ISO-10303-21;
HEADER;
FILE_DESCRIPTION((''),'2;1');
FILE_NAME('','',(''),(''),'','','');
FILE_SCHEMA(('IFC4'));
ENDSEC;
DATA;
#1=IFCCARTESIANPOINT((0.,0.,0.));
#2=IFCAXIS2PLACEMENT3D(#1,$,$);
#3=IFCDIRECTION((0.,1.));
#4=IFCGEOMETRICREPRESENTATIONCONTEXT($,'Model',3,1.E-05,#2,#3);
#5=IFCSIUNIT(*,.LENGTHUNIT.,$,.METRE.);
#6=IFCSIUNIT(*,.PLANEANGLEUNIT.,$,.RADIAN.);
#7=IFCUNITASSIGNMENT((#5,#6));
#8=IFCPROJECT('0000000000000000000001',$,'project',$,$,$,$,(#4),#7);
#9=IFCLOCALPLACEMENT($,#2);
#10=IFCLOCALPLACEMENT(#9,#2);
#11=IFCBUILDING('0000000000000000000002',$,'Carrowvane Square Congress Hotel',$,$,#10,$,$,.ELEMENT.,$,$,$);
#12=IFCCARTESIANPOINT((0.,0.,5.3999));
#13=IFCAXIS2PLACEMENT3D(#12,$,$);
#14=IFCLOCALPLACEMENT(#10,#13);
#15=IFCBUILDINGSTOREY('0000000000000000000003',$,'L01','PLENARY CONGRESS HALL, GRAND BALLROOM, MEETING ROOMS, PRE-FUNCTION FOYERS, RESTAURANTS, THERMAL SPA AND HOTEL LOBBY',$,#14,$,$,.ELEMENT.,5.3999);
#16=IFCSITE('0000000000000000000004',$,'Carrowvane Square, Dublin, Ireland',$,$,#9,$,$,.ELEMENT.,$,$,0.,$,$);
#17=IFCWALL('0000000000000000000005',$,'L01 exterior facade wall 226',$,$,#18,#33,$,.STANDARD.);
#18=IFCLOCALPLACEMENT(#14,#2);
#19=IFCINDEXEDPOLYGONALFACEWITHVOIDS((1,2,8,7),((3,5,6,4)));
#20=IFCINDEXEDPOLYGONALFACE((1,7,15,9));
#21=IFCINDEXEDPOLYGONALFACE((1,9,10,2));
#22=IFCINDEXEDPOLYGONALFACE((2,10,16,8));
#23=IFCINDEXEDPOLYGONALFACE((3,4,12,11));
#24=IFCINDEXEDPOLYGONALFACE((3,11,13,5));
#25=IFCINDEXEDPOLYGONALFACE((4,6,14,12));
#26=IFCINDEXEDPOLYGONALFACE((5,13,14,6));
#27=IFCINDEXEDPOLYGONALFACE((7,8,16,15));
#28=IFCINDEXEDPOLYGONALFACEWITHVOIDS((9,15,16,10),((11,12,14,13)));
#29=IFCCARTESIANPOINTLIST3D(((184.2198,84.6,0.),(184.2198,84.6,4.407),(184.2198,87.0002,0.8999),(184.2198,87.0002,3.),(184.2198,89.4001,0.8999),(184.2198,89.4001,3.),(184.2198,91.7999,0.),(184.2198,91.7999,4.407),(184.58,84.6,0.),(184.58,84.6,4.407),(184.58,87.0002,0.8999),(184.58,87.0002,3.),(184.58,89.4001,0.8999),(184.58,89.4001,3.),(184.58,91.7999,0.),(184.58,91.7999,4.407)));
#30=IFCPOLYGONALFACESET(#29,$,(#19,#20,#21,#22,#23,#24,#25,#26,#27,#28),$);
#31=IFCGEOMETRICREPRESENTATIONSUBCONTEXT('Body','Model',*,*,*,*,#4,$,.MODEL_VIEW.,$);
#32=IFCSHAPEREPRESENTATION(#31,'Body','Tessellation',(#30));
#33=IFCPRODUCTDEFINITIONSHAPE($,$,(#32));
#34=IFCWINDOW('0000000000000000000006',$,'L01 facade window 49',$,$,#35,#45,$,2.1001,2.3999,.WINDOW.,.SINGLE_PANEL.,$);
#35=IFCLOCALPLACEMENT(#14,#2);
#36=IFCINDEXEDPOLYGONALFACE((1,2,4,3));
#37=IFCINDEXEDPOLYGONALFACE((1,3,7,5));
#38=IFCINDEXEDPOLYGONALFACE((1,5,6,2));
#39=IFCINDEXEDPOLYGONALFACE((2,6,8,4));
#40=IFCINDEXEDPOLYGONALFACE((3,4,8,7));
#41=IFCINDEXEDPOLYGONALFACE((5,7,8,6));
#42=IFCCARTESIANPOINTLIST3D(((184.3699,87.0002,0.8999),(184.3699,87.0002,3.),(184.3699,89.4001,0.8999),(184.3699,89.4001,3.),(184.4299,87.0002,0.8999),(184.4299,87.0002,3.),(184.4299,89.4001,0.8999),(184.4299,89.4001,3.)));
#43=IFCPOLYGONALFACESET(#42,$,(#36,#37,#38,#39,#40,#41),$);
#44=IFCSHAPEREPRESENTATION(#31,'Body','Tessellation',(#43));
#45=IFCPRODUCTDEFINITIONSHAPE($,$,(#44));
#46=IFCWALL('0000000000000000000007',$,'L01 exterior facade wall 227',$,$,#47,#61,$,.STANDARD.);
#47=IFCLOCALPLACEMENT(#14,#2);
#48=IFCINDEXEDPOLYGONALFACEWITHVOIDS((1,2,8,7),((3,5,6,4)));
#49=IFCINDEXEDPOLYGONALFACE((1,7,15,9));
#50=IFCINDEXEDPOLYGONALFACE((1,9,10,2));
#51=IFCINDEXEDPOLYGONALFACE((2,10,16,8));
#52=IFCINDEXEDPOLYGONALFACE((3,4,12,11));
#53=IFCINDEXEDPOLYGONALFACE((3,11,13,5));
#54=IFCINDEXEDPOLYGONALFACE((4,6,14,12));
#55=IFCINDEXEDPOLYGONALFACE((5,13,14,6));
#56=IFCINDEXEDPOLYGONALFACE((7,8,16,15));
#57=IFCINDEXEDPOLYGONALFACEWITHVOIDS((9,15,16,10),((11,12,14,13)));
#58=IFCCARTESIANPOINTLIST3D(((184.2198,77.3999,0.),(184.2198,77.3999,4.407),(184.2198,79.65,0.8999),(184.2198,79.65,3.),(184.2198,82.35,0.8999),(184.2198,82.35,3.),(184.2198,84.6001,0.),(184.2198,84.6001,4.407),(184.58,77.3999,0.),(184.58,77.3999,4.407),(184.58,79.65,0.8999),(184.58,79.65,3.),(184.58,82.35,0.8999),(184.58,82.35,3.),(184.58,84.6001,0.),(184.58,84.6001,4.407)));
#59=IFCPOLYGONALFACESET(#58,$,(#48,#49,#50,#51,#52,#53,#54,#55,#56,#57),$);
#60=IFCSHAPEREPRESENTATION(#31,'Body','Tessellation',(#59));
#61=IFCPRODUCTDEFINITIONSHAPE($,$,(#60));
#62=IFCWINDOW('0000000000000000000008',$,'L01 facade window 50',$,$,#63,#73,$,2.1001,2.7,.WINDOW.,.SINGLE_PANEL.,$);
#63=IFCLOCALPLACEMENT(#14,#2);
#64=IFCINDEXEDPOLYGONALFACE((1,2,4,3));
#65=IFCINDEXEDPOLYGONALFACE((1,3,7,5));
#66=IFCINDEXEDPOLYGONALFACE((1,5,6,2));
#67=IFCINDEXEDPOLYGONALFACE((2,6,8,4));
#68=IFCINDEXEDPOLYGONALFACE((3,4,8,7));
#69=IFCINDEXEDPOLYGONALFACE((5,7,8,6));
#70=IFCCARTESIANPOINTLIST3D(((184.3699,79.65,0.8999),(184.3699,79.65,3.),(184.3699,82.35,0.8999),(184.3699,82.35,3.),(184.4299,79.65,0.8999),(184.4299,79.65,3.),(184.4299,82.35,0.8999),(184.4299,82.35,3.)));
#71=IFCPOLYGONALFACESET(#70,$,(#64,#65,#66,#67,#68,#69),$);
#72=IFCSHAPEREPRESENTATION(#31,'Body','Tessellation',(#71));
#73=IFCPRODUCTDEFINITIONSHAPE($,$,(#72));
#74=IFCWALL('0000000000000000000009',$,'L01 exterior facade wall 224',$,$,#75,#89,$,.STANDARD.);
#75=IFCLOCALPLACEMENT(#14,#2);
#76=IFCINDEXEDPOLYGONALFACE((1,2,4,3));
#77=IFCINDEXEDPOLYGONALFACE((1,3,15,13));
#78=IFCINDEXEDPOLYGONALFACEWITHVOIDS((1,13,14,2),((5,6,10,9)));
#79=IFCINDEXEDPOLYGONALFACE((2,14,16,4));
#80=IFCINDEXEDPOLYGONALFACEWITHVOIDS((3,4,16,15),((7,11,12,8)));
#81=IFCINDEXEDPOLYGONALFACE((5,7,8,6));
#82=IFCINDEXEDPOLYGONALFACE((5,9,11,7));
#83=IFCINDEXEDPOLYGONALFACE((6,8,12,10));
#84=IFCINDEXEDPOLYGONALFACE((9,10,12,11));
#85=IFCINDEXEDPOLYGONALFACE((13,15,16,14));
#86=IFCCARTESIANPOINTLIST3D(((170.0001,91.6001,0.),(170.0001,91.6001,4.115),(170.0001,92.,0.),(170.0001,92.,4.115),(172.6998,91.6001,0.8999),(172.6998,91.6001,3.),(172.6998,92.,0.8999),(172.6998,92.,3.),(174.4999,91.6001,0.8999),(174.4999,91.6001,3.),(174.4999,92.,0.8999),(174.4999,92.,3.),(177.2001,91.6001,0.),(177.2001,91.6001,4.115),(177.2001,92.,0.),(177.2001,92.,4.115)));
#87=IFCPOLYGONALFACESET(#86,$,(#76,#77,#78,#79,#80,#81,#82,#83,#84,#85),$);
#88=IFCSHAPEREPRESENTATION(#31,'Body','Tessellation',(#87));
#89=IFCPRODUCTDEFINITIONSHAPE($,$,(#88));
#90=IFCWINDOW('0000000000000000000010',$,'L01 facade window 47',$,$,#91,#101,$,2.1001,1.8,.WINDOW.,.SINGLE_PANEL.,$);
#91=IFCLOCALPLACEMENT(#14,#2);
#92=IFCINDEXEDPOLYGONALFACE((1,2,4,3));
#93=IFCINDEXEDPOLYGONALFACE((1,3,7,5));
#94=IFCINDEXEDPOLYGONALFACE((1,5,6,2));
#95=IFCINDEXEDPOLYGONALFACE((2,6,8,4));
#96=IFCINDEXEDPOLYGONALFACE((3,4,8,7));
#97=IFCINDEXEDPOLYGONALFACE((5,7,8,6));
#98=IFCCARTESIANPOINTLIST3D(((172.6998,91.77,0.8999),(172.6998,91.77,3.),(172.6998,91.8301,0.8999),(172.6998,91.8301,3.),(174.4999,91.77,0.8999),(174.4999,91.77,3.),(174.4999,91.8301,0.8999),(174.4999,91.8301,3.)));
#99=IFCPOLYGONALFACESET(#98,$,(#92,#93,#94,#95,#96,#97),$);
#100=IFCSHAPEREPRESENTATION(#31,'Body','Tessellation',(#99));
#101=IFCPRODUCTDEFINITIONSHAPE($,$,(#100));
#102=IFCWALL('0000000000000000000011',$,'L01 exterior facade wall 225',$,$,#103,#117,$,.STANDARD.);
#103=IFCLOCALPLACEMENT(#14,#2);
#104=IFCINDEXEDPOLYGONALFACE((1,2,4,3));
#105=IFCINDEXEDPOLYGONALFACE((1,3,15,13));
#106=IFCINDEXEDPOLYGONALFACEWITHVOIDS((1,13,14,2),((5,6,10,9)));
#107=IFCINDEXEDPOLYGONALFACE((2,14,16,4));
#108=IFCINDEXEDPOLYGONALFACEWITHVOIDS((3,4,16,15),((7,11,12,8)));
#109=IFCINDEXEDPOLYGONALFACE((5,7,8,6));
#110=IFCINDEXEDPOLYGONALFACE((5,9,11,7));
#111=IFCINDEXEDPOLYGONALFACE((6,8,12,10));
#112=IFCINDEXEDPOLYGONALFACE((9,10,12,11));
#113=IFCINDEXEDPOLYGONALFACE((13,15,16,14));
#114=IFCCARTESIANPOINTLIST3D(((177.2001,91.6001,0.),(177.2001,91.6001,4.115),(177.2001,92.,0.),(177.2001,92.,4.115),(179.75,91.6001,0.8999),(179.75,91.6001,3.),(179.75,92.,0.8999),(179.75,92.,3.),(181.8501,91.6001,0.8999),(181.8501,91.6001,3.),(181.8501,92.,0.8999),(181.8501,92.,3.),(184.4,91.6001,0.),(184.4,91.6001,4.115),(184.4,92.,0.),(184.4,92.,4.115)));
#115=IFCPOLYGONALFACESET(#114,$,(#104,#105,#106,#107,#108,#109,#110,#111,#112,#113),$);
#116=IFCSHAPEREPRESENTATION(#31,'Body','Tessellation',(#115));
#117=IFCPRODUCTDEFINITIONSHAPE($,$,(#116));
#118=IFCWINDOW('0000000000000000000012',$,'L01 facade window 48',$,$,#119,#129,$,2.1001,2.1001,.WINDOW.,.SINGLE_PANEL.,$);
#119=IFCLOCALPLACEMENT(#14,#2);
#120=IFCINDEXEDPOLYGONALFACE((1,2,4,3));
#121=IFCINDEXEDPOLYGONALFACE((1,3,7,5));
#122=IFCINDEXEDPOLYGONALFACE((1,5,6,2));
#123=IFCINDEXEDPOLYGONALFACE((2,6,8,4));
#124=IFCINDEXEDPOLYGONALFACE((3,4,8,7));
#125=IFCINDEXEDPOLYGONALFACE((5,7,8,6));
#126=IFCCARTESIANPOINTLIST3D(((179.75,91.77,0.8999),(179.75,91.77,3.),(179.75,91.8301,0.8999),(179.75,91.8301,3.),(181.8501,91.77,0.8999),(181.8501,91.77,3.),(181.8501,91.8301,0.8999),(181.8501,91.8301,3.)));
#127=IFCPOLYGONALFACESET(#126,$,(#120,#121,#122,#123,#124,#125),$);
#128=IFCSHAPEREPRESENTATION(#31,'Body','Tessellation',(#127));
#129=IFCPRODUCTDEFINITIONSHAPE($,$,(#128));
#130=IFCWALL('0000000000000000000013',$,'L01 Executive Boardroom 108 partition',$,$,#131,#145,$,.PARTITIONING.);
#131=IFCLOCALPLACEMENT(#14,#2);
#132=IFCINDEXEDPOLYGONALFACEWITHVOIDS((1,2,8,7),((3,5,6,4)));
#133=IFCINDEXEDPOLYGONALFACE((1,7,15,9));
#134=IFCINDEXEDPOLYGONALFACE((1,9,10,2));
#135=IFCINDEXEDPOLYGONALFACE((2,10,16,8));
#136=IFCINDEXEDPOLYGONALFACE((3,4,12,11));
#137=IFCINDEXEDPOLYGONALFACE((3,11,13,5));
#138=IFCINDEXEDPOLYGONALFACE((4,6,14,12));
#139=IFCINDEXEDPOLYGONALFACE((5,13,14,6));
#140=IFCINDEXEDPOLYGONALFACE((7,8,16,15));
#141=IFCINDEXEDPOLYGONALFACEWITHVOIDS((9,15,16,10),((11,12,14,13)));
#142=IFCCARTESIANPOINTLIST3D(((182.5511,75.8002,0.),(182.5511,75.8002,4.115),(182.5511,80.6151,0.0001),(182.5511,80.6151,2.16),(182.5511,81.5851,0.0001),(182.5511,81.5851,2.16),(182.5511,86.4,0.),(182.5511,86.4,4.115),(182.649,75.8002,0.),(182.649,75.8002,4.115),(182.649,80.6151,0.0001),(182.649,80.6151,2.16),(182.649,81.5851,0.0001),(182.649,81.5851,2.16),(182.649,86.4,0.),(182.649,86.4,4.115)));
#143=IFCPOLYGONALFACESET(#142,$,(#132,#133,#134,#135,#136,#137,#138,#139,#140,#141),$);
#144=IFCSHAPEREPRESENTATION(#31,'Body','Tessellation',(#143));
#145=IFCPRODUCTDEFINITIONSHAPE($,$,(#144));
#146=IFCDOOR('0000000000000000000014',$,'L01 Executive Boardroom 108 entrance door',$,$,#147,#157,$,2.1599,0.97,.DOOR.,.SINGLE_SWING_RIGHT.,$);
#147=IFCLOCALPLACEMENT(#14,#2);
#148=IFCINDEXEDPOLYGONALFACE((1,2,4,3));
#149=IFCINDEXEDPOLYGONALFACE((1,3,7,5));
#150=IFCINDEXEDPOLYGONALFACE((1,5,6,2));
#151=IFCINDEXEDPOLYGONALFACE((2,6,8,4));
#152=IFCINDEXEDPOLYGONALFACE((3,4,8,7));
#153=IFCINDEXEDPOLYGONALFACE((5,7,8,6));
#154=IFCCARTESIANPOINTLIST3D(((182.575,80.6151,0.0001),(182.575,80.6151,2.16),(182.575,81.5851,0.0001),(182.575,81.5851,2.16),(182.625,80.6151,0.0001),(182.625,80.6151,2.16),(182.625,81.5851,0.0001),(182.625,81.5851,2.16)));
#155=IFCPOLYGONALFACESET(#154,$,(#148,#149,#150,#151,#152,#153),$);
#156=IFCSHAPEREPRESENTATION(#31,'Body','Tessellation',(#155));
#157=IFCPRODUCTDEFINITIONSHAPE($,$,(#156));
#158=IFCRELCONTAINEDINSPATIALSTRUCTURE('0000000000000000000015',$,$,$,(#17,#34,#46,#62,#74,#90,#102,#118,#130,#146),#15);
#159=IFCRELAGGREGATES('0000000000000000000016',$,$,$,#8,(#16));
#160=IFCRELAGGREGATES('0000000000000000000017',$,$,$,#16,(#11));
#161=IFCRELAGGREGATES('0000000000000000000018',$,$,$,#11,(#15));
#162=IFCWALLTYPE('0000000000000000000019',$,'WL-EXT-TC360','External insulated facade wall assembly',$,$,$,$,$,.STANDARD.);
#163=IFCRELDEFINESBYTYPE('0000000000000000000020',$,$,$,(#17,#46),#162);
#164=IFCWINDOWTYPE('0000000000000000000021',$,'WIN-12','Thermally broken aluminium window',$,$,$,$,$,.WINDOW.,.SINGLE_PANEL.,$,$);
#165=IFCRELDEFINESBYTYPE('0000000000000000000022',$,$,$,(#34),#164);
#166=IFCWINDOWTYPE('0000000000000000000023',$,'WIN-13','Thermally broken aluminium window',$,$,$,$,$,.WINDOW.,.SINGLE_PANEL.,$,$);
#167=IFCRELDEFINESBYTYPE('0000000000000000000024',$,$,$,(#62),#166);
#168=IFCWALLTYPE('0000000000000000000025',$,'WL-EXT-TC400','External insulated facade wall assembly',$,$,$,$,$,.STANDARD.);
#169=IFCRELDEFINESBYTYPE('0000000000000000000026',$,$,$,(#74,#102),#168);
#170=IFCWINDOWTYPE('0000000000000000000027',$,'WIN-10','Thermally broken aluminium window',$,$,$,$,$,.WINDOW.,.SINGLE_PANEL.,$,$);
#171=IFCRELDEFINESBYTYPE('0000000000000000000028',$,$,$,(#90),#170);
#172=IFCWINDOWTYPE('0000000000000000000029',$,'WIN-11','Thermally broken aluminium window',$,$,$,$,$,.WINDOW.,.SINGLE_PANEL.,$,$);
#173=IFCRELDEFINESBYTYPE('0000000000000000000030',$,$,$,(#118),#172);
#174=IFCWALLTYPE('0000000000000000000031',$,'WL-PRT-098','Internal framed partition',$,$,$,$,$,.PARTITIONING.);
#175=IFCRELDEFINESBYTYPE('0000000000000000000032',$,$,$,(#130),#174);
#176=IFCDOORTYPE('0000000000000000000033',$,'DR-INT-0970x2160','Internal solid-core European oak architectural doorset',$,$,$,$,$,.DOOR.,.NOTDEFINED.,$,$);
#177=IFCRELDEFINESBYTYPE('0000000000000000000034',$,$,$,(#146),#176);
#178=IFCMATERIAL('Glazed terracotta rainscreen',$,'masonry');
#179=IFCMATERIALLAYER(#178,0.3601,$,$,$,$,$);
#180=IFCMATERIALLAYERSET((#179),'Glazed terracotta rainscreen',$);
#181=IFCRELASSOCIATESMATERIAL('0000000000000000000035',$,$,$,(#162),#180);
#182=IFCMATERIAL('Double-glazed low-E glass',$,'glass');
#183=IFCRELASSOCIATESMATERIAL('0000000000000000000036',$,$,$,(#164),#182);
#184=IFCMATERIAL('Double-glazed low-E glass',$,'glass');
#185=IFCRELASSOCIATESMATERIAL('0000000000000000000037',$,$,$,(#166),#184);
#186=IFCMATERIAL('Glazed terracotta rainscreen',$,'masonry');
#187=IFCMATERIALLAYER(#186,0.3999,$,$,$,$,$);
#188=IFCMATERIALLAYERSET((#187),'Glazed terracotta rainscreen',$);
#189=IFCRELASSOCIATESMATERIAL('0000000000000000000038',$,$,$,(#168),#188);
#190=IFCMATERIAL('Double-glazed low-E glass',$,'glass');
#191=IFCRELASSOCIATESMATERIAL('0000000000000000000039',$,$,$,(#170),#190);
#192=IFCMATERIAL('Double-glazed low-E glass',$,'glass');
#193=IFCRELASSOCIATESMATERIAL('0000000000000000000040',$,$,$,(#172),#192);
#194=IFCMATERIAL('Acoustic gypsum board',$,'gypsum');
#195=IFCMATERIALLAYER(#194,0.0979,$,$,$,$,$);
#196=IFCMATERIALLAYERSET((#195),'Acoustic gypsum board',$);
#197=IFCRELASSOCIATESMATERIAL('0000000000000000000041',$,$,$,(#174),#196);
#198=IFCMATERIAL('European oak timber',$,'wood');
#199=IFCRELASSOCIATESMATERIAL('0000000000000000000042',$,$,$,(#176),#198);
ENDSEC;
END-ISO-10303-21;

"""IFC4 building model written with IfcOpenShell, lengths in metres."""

from ifc_helpers import new_model, si_unit, direction, frame, frame_2d, origin, place, context, subcontext, project, spatial, rectangle, extrude, material, layer, layer_set, type_object, element, fill, save


model = new_model("IFC4")

# Units and contexts
model_context = context("Model", 3, precision=1e-05, world=origin(), true_north=direction((0.0, 1.0)))
body_context = subcontext(model_context, "Body", "Model", "MODEL_VIEW")
ifc_project = project(units=[si_unit("LENGTHUNIT", "METRE"), si_unit("PLANEANGLEUNIT", "RADIAN")], contexts=[model_context])

# Site, building, storey
site_placement = place(None, origin())
site = spatial("IfcSite", under=ifc_project, at=site_placement, Name="Carrowvane Square, Dublin, Ireland", CompositionType="ELEMENT", RefElevation=0.0)
building_placement = place(site_placement, origin())
building = spatial("IfcBuilding", under=site, at=building_placement, Name="Carrowvane Square Congress Hotel", CompositionType="ELEMENT")
storey_placement = place(building_placement, frame((0.0, 0.0, 5.3999)))
storey = spatial("IfcBuildingStorey", under=building, at=storey_placement, Name="L01", Description="PLENARY CONGRESS HALL, GRAND BALLROOM, MEETING ROOMS, PRE-FUNCTION FOYERS, RESTAURANTS, THERMAL SPA AND HOTEL LOBBY", CompositionType="ELEMENT", Elevation=5.3999)

# Walls, openings, windows
ifc_material_1 = material(Name="Glazed terracotta rainscreen", Category="masonry")
ifc_layer_1 = layer(ifc_material_1, 0.3601)
ifc_layer_set_1 = layer_set([ifc_layer_1], Name="Glazed terracotta rainscreen")
wall_type_1 = type_object("IfcWallType", Name="WL-EXT-TC360", Description="External insulated facade wall assembly", PredefinedType="STANDARD", material=ifc_layer_set_1)
wall_1_placement = place(storey_placement, frame((184.3999, 91.8, 0.0), z_axis=(0.0, 0.0, 1.0), x_axis=(0.0, -1.0, 0.0)))
wall_1 = element("IfcWall", 1, at=wall_1_placement, inside=storey, type_object=wall_type_1, Name="L01 exterior facade wall 226", PredefinedType="STANDARD", context=body_context, shape_type="SweptSolid", body=[
    extrude(rectangle(XDim=7.2, YDim=0.3601, at=frame_2d((3.6001, 0.0))), origin(), (0.0, 0.0, 1.0), 4.407),
])
opening_1_placement = place(wall_1_placement, frame((2.3999, 0.0, 0.8999)))
opening_1 = element("IfcOpeningElement", 2, at=opening_1_placement, cuts=wall_1, PredefinedType="OPENING", context=body_context, shape_type="SweptSolid", body=[
    extrude(rectangle(XDim=2.3999, YDim=2.1001, at=frame_2d((1.2, 1.05))), frame((0.0, 0.1899, 0.0), z_axis=(0.0, -1.0, 0.0), x_axis=(1.0, 0.0, 0.0)), (0.0, 0.0, 1.0), 0.3801),
])
ifc_material_2 = material(Name="Double-glazed low-E glass", Category="glass")
window_type_1 = type_object("IfcWindowType", Name="WIN-12", Description="Thermally broken aluminium window", PartitioningType="SINGLE_PANEL", PredefinedType="WINDOW", material=ifc_material_2)
window_1_placement = place(opening_1_placement, origin())
window_1 = element("IfcWindow", 3, at=window_1_placement, inside=storey, type_object=window_type_1, Name="L01 facade window 49", OverallHeight=2.1001, OverallWidth=2.3999, PartitioningType="SINGLE_PANEL", PredefinedType="WINDOW", context=body_context, shape_type="SweptSolid", body=[
    extrude(rectangle(XDim=2.3999, YDim=2.1001, at=frame_2d((1.2, 1.05))), frame((0.0, 0.03, 0.0), z_axis=(0.0, -1.0, 0.0), x_axis=(1.0, 0.0, 0.0)), (0.0, 0.0, 1.0), 0.0601),
])
fill(opening_1, window_1)
wall_2_placement = place(storey_placement, frame((184.3999, 84.6001, 0.0), z_axis=(0.0, 0.0, 1.0), x_axis=(0.0, -1.0, 0.0)))
wall_2 = element("IfcWall", 4, at=wall_2_placement, inside=storey, type_object=wall_type_1, Name="L01 exterior facade wall 227", PredefinedType="STANDARD", context=body_context, shape_type="SweptSolid", body=[
    extrude(rectangle(XDim=7.2002, YDim=0.3601, at=frame_2d((3.6001, 0.0))), origin(), (0.0, 0.0, 1.0), 4.407),
])
opening_2_placement = place(wall_2_placement, frame((2.25, 0.0, 0.8999)))
opening_2 = element("IfcOpeningElement", 5, at=opening_2_placement, cuts=wall_2, PredefinedType="OPENING", context=body_context, shape_type="SweptSolid", body=[
    extrude(rectangle(XDim=2.7, YDim=2.1001, at=frame_2d((1.3501, 1.05))), frame((0.0, 0.1899, 0.0), z_axis=(0.0, -1.0, 0.0), x_axis=(1.0, 0.0, 0.0)), (0.0, 0.0, 1.0), 0.3801),
])
ifc_material_3 = material(Name="Double-glazed low-E glass", Category="glass")
window_type_2 = type_object("IfcWindowType", Name="WIN-13", Description="Thermally broken aluminium window", PartitioningType="SINGLE_PANEL", PredefinedType="WINDOW", material=ifc_material_3)
window_2_placement = place(opening_2_placement, origin())
window_2 = element("IfcWindow", 6, at=window_2_placement, inside=storey, type_object=window_type_2, Name="L01 facade window 50", OverallHeight=2.1001, OverallWidth=2.7, PartitioningType="SINGLE_PANEL", PredefinedType="WINDOW", context=body_context, shape_type="SweptSolid", body=[
    extrude(rectangle(XDim=2.7, YDim=2.1001, at=frame_2d((1.3501, 1.05))), frame((0.0, 0.03, 0.0), z_axis=(0.0, -1.0, 0.0), x_axis=(1.0, 0.0, 0.0)), (0.0, 0.0, 1.0), 0.0601),
])
fill(opening_2, window_2)
ifc_material_4 = material(Name="Glazed terracotta rainscreen", Category="masonry")
ifc_layer_2 = layer(ifc_material_4, 0.3999)
ifc_layer_set_2 = layer_set([ifc_layer_2], Name="Glazed terracotta rainscreen")
wall_type_2 = type_object("IfcWallType", Name="WL-EXT-TC400", Description="External insulated facade wall assembly", PredefinedType="STANDARD", material=ifc_layer_set_2)
wall_3_placement = place(storey_placement, frame((170.0, 91.8, 0.0), z_axis=(0.0, 0.0, 1.0), x_axis=(1.0, 0.0, 0.0)))
wall_3 = element("IfcWall", 7, at=wall_3_placement, inside=storey, type_object=wall_type_2, Name="L01 exterior facade wall 224", PredefinedType="STANDARD", context=body_context, shape_type="SweptSolid", body=[
    extrude(rectangle(XDim=7.2, YDim=0.3999, at=frame_2d((3.6001, 0.0))), origin(), (0.0, 0.0, 1.0), 4.115),
])
opening_3_placement = place(wall_3_placement, frame((2.7, 0.0, 0.8999)))
opening_3 = element("IfcOpeningElement", 8, at=opening_3_placement, cuts=wall_3, PredefinedType="OPENING", context=body_context, shape_type="SweptSolid", body=[
    extrude(rectangle(XDim=1.8, YDim=2.1001, at=frame_2d((0.8999, 1.05))), frame((0.0, 0.21, 0.0), z_axis=(0.0, -1.0, 0.0), x_axis=(1.0, 0.0, 0.0)), (0.0, 0.0, 1.0), 0.4199),
])
ifc_material_5 = material(Name="Double-glazed low-E glass", Category="glass")
window_type_3 = type_object("IfcWindowType", Name="WIN-10", Description="Thermally broken aluminium window", PartitioningType="SINGLE_PANEL", PredefinedType="WINDOW", material=ifc_material_5)
window_3_placement = place(opening_3_placement, origin())
window_3 = element("IfcWindow", 9, at=window_3_placement, inside=storey, type_object=window_type_3, Name="L01 facade window 47", OverallHeight=2.1001, OverallWidth=1.8, PartitioningType="SINGLE_PANEL", PredefinedType="WINDOW", context=body_context, shape_type="SweptSolid", body=[
    extrude(rectangle(XDim=1.8, YDim=2.1001, at=frame_2d((0.8999, 1.05))), frame((0.0, 0.03, 0.0), z_axis=(0.0, -1.0, 0.0), x_axis=(1.0, 0.0, 0.0)), (0.0, 0.0, 1.0), 0.0601),
])
fill(opening_3, window_3)
wall_4_placement = place(storey_placement, frame((177.2, 91.8, 0.0), z_axis=(0.0, 0.0, 1.0), x_axis=(1.0, 0.0, 0.0)))
wall_4 = element("IfcWall", 10, at=wall_4_placement, inside=storey, type_object=wall_type_2, Name="L01 exterior facade wall 225", PredefinedType="STANDARD", context=body_context, shape_type="SweptSolid", body=[
    extrude(rectangle(XDim=7.2, YDim=0.3999, at=frame_2d((3.6001, 0.0))), origin(), (0.0, 0.0, 1.0), 4.115),
])
opening_4_placement = place(wall_4_placement, frame((2.55, 0.0, 0.8999)))
opening_4 = element("IfcOpeningElement", 11, at=opening_4_placement, cuts=wall_4, PredefinedType="OPENING", context=body_context, shape_type="SweptSolid", body=[
    extrude(rectangle(XDim=2.1001, YDim=2.1001, at=frame_2d((1.05, 1.05))), frame((0.0, 0.21, 0.0), z_axis=(0.0, -1.0, 0.0), x_axis=(1.0, 0.0, 0.0)), (0.0, 0.0, 1.0), 0.4199),
])
ifc_material_6 = material(Name="Double-glazed low-E glass", Category="glass")
window_type_4 = type_object("IfcWindowType", Name="WIN-11", Description="Thermally broken aluminium window", PartitioningType="SINGLE_PANEL", PredefinedType="WINDOW", material=ifc_material_6)
window_4_placement = place(opening_4_placement, origin())
window_4 = element("IfcWindow", 12, at=window_4_placement, inside=storey, type_object=window_type_4, Name="L01 facade window 48", OverallHeight=2.1001, OverallWidth=2.1001, PartitioningType="SINGLE_PANEL", PredefinedType="WINDOW", context=body_context, shape_type="SweptSolid", body=[
    extrude(rectangle(XDim=2.1001, YDim=2.1001, at=frame_2d((1.05, 1.05))), frame((0.0, 0.03, 0.0), z_axis=(0.0, -1.0, 0.0), x_axis=(1.0, 0.0, 0.0)), (0.0, 0.0, 1.0), 0.0601),
])
fill(opening_4, window_4)

# Wall, opening, door
ifc_material_7 = material(Name="Acoustic gypsum board", Category="gypsum")
ifc_layer_3 = layer(ifc_material_7, 0.0979)
ifc_layer_set_3 = layer_set([ifc_layer_3], Name="Acoustic gypsum board")
wall_type_3 = type_object("IfcWallType", Name="WL-PRT-098", Description="Internal framed partition", PredefinedType="PARTITIONING", material=ifc_layer_set_3)
wall_5_placement = place(storey_placement, frame((182.6001, 86.3999, 0.0), z_axis=(0.0, 0.0, 1.0), x_axis=(0.0, -1.0, 0.0)))
wall_5 = element("IfcWall", 13, at=wall_5_placement, inside=storey, type_object=wall_type_3, Name="L01 Executive Boardroom 108 partition", PredefinedType="PARTITIONING", context=body_context, shape_type="SweptSolid", body=[
    extrude(rectangle(XDim=10.5999, YDim=0.0979, at=frame_2d((5.2998, 0.0))), origin(), (0.0, 0.0, 1.0), 4.115),
])
opening_5_placement = place(wall_5_placement, frame((4.8149, 0.0, 0.0)))
opening_5 = element("IfcOpeningElement", 14, at=opening_5_placement, cuts=wall_5, PredefinedType="OPENING", context=body_context, shape_type="SweptSolid", body=[
    extrude(rectangle(XDim=0.97, YDim=2.1599, at=frame_2d((0.4849, 1.0801))), frame((0.0, 0.0588, 0.0), z_axis=(0.0, -1.0, 0.0), x_axis=(1.0, 0.0, 0.0)), (0.0, 0.0, 1.0), 0.1179),
])
ifc_material_8 = material(Name="European oak timber", Category="wood")
door_type = type_object("IfcDoorType", Name="DR-INT-0970x2160", Description="Internal solid-core European oak architectural doorset", OperationType="NOTDEFINED", PredefinedType="DOOR", material=ifc_material_8)
door_placement = place(opening_5_placement, origin())
door = element("IfcDoor", 15, at=door_placement, inside=storey, type_object=door_type, Name="L01 Executive Boardroom 108 entrance door", OperationType="SINGLE_SWING_RIGHT", OverallHeight=2.1599, OverallWidth=0.97, PredefinedType="DOOR", context=body_context, shape_type="SweptSolid", body=[
    extrude(rectangle(XDim=0.97, YDim=2.1599, at=frame_2d((0.4849, 1.0801))), frame((0.0, 0.0249, 0.0), z_axis=(0.0, -1.0, 0.0), x_axis=(1.0, 0.0, 0.0)), (0.0, 0.0, 1.0), 0.05),
])
fill(opening_5, door)

save(model, "model.ifc")
